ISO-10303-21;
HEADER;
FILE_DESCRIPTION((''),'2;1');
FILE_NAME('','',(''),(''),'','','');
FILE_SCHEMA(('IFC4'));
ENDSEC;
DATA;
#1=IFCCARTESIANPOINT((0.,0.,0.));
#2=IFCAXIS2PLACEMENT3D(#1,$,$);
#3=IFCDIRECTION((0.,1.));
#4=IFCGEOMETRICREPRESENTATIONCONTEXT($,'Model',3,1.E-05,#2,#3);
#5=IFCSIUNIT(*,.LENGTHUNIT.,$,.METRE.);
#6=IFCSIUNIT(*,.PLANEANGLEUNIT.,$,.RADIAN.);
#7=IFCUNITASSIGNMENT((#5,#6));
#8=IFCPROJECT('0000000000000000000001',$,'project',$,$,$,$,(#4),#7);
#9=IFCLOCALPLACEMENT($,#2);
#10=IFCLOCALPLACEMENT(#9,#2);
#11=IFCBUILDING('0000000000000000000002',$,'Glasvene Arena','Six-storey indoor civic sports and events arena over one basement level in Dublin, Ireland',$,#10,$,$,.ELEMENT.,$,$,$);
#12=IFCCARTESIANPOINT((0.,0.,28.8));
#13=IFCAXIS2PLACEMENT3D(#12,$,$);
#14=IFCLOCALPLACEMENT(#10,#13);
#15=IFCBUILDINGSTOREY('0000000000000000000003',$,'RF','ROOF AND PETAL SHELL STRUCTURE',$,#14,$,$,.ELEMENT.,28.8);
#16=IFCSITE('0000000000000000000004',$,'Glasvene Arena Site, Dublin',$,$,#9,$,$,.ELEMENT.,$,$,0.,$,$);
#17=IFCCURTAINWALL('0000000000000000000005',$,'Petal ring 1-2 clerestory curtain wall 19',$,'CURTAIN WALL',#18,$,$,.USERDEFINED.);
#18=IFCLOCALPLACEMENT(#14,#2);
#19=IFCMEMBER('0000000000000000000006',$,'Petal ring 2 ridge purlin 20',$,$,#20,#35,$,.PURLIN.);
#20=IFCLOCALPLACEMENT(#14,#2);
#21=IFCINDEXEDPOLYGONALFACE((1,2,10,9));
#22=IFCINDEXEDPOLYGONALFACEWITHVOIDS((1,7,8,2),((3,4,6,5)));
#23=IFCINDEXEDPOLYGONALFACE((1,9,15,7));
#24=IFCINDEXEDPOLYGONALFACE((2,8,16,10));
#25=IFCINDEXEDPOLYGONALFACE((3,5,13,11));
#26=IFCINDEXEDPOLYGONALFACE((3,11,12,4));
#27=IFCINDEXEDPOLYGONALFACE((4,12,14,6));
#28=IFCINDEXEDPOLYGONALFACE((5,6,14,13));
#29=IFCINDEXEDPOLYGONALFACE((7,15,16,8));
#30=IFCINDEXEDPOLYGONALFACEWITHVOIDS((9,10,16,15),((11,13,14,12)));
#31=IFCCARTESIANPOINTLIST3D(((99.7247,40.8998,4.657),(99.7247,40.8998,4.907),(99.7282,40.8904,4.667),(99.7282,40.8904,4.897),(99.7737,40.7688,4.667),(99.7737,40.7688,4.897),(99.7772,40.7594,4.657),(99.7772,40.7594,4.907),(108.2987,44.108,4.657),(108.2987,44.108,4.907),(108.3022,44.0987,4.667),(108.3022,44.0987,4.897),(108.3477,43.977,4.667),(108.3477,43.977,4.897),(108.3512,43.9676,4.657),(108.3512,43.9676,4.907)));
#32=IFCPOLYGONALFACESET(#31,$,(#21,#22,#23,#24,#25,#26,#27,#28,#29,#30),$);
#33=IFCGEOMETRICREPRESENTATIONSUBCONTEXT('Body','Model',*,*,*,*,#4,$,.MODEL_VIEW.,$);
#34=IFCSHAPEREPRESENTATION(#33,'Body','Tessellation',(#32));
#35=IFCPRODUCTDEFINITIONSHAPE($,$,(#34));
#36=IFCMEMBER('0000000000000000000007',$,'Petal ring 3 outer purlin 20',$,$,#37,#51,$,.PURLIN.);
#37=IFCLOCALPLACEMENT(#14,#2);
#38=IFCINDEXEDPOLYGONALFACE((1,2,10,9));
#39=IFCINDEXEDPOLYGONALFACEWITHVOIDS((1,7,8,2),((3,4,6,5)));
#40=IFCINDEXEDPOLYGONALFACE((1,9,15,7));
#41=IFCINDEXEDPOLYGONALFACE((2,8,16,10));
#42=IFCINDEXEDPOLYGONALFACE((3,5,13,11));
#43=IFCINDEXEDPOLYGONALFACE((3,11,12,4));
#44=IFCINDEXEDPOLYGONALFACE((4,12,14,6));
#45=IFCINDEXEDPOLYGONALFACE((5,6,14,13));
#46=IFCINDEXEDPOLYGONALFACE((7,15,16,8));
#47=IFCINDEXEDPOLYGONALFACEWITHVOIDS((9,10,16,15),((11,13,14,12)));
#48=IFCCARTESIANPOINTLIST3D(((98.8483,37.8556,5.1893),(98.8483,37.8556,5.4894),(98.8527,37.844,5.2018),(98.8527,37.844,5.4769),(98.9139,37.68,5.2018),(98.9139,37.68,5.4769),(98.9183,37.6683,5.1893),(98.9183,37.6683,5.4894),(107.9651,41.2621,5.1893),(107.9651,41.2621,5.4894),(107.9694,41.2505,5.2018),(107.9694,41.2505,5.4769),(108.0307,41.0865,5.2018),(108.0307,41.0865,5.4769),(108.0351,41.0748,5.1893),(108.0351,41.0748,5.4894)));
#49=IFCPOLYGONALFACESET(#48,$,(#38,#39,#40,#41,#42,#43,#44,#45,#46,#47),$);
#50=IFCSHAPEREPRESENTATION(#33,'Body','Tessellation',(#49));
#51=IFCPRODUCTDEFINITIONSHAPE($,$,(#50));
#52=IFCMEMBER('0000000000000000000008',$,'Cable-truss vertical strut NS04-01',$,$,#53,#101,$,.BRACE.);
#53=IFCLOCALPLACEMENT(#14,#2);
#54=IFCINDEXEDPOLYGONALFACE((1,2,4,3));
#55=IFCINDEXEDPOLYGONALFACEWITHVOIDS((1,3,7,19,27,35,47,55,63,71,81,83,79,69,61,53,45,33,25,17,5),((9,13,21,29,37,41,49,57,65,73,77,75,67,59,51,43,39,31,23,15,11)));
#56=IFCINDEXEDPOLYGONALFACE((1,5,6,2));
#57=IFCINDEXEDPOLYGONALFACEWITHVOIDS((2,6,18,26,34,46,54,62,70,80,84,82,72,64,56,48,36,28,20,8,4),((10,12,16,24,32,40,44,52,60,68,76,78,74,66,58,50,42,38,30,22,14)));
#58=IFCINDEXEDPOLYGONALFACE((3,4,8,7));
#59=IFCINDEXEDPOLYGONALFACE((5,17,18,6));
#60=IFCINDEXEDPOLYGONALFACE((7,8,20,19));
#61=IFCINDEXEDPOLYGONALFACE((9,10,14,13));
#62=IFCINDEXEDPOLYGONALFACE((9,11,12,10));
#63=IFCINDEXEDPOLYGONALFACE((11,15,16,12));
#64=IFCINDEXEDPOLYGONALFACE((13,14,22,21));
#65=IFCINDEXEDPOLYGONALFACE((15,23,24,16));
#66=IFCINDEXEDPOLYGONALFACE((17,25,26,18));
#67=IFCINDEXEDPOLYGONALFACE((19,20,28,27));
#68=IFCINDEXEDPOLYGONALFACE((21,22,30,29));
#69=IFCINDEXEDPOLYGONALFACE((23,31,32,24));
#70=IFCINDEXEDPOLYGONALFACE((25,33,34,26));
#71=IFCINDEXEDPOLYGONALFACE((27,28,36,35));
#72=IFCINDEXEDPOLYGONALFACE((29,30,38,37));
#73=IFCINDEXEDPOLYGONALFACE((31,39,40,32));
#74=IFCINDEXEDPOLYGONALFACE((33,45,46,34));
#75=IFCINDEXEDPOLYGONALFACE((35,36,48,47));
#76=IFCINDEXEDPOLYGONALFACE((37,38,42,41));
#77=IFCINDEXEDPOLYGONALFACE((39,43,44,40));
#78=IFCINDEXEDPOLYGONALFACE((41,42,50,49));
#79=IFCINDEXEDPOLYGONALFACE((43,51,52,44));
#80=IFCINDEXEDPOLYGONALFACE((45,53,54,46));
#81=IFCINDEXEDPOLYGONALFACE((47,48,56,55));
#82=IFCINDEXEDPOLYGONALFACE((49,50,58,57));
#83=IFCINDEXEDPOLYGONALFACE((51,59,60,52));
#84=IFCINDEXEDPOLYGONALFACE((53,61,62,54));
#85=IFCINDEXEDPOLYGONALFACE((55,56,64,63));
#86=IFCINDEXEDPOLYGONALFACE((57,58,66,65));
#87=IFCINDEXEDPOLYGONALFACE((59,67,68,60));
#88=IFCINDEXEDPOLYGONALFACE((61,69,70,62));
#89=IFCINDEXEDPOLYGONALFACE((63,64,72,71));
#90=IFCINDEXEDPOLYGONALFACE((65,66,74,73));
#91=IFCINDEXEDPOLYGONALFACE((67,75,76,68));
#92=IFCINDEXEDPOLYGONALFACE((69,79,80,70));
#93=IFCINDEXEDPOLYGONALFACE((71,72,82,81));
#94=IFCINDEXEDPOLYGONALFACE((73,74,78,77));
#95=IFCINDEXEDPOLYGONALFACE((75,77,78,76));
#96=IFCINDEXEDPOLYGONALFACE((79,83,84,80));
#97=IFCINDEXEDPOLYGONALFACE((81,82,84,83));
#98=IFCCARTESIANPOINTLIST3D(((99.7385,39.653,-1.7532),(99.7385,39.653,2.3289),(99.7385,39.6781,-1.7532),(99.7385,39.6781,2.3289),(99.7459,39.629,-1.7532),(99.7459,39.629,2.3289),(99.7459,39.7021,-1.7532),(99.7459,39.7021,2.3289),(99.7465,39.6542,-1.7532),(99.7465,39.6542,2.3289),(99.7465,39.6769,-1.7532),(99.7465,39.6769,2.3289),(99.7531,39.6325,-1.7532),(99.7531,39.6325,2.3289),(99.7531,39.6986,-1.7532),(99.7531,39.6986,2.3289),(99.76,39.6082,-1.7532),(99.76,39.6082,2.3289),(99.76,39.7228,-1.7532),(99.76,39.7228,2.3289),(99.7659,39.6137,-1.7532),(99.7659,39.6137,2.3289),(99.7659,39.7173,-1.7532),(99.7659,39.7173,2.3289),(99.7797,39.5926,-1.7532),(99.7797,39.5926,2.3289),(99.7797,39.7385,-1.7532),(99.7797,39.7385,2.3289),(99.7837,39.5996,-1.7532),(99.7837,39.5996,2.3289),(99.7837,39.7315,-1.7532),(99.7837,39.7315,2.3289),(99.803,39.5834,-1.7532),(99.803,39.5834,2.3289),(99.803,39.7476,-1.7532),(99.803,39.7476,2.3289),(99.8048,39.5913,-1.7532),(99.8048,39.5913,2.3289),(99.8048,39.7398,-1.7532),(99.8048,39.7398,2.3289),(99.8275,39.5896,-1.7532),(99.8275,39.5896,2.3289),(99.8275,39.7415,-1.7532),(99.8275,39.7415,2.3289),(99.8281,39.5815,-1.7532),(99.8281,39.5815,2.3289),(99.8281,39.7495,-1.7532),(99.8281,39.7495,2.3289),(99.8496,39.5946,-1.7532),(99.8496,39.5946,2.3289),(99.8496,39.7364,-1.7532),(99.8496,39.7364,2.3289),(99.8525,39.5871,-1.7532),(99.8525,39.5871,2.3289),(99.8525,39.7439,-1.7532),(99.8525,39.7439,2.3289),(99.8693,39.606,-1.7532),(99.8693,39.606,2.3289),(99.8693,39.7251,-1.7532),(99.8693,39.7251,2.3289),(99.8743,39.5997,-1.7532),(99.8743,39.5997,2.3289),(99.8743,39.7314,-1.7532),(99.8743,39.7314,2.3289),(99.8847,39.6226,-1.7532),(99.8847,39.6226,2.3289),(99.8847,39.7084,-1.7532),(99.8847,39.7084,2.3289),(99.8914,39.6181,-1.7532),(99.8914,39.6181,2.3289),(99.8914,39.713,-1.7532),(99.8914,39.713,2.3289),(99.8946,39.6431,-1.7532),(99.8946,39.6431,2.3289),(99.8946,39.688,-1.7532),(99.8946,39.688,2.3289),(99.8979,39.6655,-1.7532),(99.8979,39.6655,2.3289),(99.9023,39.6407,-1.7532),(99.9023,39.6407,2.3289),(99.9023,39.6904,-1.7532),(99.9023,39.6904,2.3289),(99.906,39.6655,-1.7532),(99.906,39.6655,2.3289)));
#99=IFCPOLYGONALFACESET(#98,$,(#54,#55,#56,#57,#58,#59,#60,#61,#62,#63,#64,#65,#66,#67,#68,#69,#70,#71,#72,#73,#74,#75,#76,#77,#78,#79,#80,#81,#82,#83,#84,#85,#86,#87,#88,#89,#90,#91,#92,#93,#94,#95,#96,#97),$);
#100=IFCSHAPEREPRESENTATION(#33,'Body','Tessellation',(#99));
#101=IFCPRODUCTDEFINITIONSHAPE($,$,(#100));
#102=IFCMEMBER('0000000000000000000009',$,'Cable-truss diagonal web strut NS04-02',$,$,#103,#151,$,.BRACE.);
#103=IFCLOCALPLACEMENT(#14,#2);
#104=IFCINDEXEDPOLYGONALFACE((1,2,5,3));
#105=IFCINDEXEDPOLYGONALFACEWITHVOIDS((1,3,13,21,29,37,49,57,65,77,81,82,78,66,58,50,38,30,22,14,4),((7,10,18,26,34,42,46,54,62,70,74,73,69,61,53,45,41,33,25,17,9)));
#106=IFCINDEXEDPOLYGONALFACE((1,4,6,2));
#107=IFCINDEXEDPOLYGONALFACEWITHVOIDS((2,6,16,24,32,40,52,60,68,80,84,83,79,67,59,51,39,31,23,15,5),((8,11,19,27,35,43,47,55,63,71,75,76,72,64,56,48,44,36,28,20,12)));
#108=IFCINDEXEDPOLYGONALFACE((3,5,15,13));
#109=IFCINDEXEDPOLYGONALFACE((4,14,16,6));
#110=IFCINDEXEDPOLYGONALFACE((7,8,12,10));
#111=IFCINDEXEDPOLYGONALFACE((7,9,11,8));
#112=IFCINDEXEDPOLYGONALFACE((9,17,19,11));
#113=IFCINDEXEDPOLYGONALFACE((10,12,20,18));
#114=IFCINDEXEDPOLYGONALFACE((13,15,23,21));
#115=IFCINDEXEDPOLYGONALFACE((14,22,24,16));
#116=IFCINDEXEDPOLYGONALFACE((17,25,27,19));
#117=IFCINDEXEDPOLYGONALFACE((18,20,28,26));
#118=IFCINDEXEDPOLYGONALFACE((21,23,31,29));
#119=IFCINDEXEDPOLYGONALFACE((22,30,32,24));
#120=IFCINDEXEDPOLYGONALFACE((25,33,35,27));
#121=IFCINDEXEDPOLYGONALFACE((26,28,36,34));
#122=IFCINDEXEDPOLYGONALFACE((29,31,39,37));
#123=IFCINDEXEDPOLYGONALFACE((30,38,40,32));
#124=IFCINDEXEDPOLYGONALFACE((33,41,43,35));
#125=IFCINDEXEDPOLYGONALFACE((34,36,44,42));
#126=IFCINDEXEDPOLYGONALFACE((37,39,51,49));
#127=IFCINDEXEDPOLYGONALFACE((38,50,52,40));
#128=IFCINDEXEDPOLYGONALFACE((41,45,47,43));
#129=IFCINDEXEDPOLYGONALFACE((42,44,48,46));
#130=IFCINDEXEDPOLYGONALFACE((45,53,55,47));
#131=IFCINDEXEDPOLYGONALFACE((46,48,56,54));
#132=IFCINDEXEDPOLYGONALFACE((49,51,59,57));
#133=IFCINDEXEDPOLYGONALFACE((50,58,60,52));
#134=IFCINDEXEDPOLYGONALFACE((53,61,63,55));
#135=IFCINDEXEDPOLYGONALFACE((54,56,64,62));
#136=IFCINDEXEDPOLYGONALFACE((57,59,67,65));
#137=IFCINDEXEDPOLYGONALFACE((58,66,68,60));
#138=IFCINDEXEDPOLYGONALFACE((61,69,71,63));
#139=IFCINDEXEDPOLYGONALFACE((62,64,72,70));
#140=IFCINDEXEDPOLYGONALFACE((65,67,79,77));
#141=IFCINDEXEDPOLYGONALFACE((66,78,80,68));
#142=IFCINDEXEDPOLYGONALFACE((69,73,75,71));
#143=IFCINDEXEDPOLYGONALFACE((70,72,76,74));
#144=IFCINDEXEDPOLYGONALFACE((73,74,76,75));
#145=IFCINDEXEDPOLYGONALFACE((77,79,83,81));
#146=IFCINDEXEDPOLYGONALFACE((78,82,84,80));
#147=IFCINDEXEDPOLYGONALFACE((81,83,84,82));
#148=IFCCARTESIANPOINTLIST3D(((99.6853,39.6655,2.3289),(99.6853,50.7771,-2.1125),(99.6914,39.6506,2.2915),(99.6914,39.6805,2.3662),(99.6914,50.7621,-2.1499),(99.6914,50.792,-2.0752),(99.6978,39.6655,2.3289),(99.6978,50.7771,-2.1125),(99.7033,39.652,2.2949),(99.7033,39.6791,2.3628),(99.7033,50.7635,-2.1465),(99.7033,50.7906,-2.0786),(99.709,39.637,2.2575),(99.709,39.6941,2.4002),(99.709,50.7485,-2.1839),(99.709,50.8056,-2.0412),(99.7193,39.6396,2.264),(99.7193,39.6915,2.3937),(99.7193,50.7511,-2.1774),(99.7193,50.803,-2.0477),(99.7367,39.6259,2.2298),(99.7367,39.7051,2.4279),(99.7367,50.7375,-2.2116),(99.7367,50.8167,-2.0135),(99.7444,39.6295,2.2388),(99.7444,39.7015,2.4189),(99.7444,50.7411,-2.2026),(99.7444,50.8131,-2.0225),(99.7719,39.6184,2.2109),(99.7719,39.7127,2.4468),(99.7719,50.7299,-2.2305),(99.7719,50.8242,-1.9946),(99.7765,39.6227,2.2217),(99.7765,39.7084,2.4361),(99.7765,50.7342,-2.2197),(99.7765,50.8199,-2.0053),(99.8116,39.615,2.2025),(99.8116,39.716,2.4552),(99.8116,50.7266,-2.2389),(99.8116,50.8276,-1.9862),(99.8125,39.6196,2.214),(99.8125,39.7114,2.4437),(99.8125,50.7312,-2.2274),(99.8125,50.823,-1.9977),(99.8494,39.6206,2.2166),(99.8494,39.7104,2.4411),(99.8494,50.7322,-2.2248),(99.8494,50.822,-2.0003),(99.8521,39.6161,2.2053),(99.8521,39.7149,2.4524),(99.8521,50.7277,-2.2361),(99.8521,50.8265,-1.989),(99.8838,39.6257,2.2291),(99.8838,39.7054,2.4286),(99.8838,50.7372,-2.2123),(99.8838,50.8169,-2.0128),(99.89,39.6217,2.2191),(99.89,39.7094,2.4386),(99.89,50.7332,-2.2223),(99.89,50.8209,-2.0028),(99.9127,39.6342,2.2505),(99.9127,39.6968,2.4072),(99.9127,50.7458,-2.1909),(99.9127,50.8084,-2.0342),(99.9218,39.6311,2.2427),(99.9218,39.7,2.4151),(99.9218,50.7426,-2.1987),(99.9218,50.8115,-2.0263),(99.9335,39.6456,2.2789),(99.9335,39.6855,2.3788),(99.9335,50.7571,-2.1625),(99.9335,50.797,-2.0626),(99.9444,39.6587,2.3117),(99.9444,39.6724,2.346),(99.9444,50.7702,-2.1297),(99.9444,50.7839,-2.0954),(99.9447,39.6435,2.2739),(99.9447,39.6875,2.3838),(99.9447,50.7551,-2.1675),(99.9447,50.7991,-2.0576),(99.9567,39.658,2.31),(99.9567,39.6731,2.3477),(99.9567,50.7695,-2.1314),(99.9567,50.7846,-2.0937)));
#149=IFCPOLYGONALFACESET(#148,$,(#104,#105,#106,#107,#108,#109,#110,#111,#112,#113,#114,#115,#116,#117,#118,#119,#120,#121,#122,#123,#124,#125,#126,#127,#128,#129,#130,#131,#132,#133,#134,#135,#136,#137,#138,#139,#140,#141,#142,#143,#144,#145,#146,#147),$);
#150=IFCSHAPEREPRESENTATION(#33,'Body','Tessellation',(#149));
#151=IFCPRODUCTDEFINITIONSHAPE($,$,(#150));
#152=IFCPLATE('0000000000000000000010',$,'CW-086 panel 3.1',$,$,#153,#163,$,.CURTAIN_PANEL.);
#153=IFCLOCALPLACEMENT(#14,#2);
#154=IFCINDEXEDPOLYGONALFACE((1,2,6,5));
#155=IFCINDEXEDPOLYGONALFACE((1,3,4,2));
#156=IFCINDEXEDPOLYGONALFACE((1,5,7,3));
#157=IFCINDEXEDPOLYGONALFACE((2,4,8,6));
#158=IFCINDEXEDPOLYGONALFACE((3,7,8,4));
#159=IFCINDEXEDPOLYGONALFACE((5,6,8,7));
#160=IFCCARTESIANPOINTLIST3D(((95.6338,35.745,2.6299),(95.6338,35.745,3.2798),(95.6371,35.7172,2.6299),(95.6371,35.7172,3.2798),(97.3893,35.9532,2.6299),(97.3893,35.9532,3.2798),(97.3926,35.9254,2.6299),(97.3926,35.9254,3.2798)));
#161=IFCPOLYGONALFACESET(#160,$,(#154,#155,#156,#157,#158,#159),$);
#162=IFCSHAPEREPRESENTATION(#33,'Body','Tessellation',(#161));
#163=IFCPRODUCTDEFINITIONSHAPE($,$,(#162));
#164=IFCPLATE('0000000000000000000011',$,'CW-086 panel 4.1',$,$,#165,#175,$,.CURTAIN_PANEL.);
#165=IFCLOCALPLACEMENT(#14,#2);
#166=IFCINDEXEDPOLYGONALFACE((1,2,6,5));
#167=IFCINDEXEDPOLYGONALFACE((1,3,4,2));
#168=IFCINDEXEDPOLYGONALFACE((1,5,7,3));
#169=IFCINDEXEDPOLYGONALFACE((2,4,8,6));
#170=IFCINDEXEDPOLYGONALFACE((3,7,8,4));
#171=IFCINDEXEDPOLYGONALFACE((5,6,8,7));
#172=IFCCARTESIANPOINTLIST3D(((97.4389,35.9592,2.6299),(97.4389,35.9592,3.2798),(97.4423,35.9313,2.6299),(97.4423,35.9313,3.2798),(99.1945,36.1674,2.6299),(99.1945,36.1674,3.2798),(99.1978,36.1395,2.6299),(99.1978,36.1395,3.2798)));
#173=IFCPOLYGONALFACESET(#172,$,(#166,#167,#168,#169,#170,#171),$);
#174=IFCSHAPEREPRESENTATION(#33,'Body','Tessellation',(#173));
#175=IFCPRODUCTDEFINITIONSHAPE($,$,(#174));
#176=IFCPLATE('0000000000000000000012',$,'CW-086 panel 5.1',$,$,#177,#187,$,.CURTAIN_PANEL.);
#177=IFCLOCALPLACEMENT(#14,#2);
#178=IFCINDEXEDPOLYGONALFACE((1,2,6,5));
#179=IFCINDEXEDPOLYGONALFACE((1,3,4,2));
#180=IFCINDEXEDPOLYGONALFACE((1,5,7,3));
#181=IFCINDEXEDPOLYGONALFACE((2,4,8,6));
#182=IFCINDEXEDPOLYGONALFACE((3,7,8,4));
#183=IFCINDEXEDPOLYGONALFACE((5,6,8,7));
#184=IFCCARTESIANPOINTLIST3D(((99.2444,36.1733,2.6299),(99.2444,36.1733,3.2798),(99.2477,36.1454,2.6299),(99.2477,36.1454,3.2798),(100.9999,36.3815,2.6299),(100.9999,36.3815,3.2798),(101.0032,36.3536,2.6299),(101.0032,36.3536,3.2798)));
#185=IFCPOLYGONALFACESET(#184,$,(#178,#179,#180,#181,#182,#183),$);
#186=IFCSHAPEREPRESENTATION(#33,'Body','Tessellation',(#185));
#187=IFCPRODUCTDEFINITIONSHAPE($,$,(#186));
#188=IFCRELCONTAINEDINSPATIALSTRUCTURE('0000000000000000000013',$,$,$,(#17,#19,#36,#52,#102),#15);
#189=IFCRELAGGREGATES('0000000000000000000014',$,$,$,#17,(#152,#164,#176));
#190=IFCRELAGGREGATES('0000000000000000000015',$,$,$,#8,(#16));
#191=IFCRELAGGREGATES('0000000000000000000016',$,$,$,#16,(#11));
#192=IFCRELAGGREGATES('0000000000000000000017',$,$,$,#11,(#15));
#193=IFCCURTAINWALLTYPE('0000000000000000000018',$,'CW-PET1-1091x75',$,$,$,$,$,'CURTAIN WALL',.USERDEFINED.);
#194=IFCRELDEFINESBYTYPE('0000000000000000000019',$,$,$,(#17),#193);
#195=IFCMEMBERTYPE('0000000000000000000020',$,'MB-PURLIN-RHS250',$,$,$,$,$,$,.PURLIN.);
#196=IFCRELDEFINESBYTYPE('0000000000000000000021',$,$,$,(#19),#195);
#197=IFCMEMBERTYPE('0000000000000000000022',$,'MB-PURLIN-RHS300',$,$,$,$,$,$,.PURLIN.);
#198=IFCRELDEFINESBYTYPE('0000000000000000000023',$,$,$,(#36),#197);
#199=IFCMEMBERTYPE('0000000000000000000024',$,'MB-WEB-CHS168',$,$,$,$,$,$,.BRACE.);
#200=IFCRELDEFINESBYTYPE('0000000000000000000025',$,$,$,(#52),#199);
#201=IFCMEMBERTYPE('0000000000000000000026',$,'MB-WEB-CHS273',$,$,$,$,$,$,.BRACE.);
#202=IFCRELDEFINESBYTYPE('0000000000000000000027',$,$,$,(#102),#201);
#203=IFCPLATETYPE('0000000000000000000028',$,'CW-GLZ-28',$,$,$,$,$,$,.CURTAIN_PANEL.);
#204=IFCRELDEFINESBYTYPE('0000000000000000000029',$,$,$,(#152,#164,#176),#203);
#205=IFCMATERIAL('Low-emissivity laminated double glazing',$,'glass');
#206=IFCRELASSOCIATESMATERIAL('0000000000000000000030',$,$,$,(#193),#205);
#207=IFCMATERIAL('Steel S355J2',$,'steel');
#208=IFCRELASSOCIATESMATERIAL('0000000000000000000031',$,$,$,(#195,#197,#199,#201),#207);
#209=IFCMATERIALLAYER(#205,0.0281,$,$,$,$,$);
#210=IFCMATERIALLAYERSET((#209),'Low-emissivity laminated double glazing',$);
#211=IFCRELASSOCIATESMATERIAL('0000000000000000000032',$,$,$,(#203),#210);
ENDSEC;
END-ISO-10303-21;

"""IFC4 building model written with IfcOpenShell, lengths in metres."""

from ifc_helpers import new_model, si_unit, direction, frame, origin, origin_2d, place, context, subcontext, project, spatial, rectangle, hollow_rectangle, hollow_circle, extrude, material, layer, layer_set, material_profile, profile_set, type_object, element, aggregate, save


model = new_model("IFC4")

# Units and contexts
model_context = context("Model", 3, precision=1e-05, world=origin(), true_north=direction((0.0, 1.0)))
body_context = subcontext(model_context, "Body", "Model", "MODEL_VIEW")
ifc_project = project(units=[si_unit("LENGTHUNIT", "METRE"), si_unit("PLANEANGLEUNIT", "RADIAN")], contexts=[model_context])

# Site, building, storey
site_placement = place(None, origin())
site = spatial("IfcSite", under=ifc_project, at=site_placement, Name="Glasvene Arena Site, Dublin", CompositionType="ELEMENT", RefElevation=0.0)
building_placement = place(site_placement, origin())
building = spatial("IfcBuilding", under=site, at=building_placement, Name="Glasvene Arena", Description="Six-storey indoor civic sports and events arena over one basement level in Dublin, Ireland", CompositionType="ELEMENT")
storey_placement = place(building_placement, frame((0.0, 0.0, 28.8)))
storey = spatial("IfcBuildingStorey", under=building, at=storey_placement, Name="RF", Description="ROOF AND PETAL SHELL STRUCTURE", CompositionType="ELEMENT", Elevation=28.8)

# Curtain wall
ifc_material_1 = material(Name="Low-emissivity laminated double glazing", Category="glass")
curtain_wall_type_1 = type_object("IfcCurtainWallType", Name="CW-PET1-1091x75", ElementType="CURTAIN WALL", PredefinedType="USERDEFINED", material=ifc_material_1)
curtain_wall_1_placement = place(storey_placement, frame((92.0, 35.3, 0.0)))
curtain_wall_1 = element("IfcCurtainWall", 1, at=curtain_wall_1_placement, inside=storey, type_object=curtain_wall_type_1, Name="Petal ring 1-2 clerestory curtain wall 19", ObjectType="CURTAIN WALL", PredefinedType="USERDEFINED")

# Members
ifc_material_2 = material(Name="Steel S355J2", Category="steel")
ifc_material_profile_1 = material_profile(ifc_material_2, hollow_rectangle(XDim=0.1499, YDim=0.25, WallThickness=0.01, at=origin_2d()), Name="RHS 250x150x10.0")
ifc_profile_set_1 = profile_set([ifc_material_profile_1], Name="Steel S355J2")
member_type_1 = type_object("IfcMemberType", Name="MB-PURLIN-RHS250", PredefinedType="PURLIN", material=ifc_profile_set_1)
member_1_placement = place(storey_placement, frame((99.751, 40.8296, 4.782), z_axis=(0.93658, 0.350454, 0.0), x_axis=(-0.350454, 0.93658, 0.0)))
element("IfcMember", 2, at=member_1_placement, inside=storey, type_object=member_type_1, Name="Petal ring 2 ridge purlin 20", PredefinedType="PURLIN", context=body_context, shape_type="SweptSolid", body=[
    extrude(hollow_rectangle(XDim=0.1499, YDim=0.25, WallThickness=0.01, at=origin_2d()), origin(), (0.0, 0.0, 1.0), 9.1545),
])
ifc_material_profile_2 = material_profile(ifc_material_2, hollow_rectangle(XDim=0.2, YDim=0.3, WallThickness=0.0125, at=origin_2d()), Name="RHS 300x200x12.5")
ifc_profile_set_2 = profile_set([ifc_material_profile_2], Name="Steel S355J2")
member_type_2 = type_object("IfcMemberType", Name="MB-PURLIN-RHS300", PredefinedType="PURLIN", material=ifc_profile_set_2)
member_2_placement = place(storey_placement, frame((98.8833, 37.762, 5.3394), z_axis=(0.936743, 0.350018, 0.0), x_axis=(-0.350018, 0.936743, 0.0)))
element("IfcMember", 3, at=member_2_placement, inside=storey, type_object=member_type_2, Name="Petal ring 3 outer purlin 20", PredefinedType="PURLIN", context=body_context, shape_type="SweptSolid", body=[
    extrude(hollow_rectangle(XDim=0.2, YDim=0.3, WallThickness=0.0125, at=origin_2d()), origin(), (0.0, 0.0, 1.0), 9.7324),
])
ifc_material_profile_3 = material_profile(ifc_material_2, hollow_circle(Radius=0.0842, WallThickness=0.0081, at=origin_2d()), Name="CHS 168.3x8.0")
ifc_profile_set_3 = profile_set([ifc_material_profile_3], Name="Steel S355J2")
member_type_3 = type_object("IfcMemberType", Name="MB-WEB-CHS168", PredefinedType="BRACE", material=ifc_profile_set_3)
member_3_placement = place(storey_placement, frame((99.8218, 39.6655, -1.7532), z_axis=(0.0, 0.0, 1.0), x_axis=(1.0, 0.0, 0.0)))
element("IfcMember", 4, at=member_3_placement, inside=storey, type_object=member_type_3, Name="Cable-truss vertical strut NS04-01", PredefinedType="BRACE", context=body_context, shape_type="SweptSolid", body=[
    extrude(hollow_circle(Radius=0.0842, WallThickness=0.0081, at=origin_2d()), origin(), (0.0, 0.0, 1.0), 4.082),
])
ifc_material_profile_4 = material_profile(ifc_material_2, hollow_circle(Radius=0.1365, WallThickness=0.0125, at=origin_2d()), Name="CHS 273.0x12.5")
ifc_profile_set_4 = profile_set([ifc_material_profile_4], Name="Steel S355J2")
member_type_4 = type_object("IfcMemberType", Name="MB-WEB-CHS273", PredefinedType="BRACE", material=ifc_profile_set_4)
member_4_placement = place(storey_placement, frame((99.8218, 39.6655, 2.3289), z_axis=(0.0, 0.92857, -0.371159), x_axis=(-1.0, 0.0, 0.0)))
element("IfcMember", 5, at=member_4_placement, inside=storey, type_object=member_type_4, Name="Cable-truss diagonal web strut NS04-02", PredefinedType="BRACE", context=body_context, shape_type="SweptSolid", body=[
    extrude(hollow_circle(Radius=0.1365, WallThickness=0.0125, at=origin_2d()), origin(), (0.0, 0.0, 1.0), 11.9663),
])

# Plates
ifc_layer_1 = layer(ifc_material_1, 0.0281)
ifc_layer_set_1 = layer_set([ifc_layer_1], Name="Low-emissivity laminated double glazing")
plate_type = type_object("IfcPlateType", Name="CW-GLZ-28", PredefinedType="CURTAIN_PANEL", material=ifc_layer_set_1)
plate_1_placement = place(storey_placement, frame((96.5132, 35.8352, 2.6299), z_axis=(0.0, 0.0, 1.0), x_axis=(0.993041, 0.117772, 0.0)))
plate_1 = element("IfcPlate", 6, at=plate_1_placement, type_object=plate_type, Name="CW-086 panel 3.1", PredefinedType="CURTAIN_PANEL", context=body_context, shape_type="SweptSolid", body=[
    extrude(rectangle(XDim=1.7678, YDim=0.0281, at=origin_2d()), origin(), (0.0, 0.0, 1.0), 0.6499),
])
plate_2_placement = place(storey_placement, frame((98.3184, 36.0493, 2.6299), z_axis=(0.0, 0.0, 1.0), x_axis=(0.993041, 0.117772, 0.0)))
plate_2 = element("IfcPlate", 7, at=plate_2_placement, type_object=plate_type, Name="CW-086 panel 4.1", PredefinedType="CURTAIN_PANEL", context=body_context, shape_type="SweptSolid", body=[
    extrude(rectangle(XDim=1.7678, YDim=0.0281, at=origin_2d()), origin(), (0.0, 0.0, 1.0), 0.6499),
])
plate_3_placement = place(storey_placement, frame((100.1238, 36.2634, 2.6299), z_axis=(0.0, 0.0, 1.0), x_axis=(0.993041, 0.117772, 0.0)))
plate_3 = element("IfcPlate", 8, at=plate_3_placement, type_object=plate_type, Name="CW-086 panel 5.1", PredefinedType="CURTAIN_PANEL", context=body_context, shape_type="SweptSolid", body=[
    extrude(rectangle(XDim=1.7678, YDim=0.0281, at=origin_2d()), origin(), (0.0, 0.0, 1.0), 0.6499),
])
aggregate(curtain_wall_1, [plate_1, plate_2, plate_3])

save(model, "model.ifc")
